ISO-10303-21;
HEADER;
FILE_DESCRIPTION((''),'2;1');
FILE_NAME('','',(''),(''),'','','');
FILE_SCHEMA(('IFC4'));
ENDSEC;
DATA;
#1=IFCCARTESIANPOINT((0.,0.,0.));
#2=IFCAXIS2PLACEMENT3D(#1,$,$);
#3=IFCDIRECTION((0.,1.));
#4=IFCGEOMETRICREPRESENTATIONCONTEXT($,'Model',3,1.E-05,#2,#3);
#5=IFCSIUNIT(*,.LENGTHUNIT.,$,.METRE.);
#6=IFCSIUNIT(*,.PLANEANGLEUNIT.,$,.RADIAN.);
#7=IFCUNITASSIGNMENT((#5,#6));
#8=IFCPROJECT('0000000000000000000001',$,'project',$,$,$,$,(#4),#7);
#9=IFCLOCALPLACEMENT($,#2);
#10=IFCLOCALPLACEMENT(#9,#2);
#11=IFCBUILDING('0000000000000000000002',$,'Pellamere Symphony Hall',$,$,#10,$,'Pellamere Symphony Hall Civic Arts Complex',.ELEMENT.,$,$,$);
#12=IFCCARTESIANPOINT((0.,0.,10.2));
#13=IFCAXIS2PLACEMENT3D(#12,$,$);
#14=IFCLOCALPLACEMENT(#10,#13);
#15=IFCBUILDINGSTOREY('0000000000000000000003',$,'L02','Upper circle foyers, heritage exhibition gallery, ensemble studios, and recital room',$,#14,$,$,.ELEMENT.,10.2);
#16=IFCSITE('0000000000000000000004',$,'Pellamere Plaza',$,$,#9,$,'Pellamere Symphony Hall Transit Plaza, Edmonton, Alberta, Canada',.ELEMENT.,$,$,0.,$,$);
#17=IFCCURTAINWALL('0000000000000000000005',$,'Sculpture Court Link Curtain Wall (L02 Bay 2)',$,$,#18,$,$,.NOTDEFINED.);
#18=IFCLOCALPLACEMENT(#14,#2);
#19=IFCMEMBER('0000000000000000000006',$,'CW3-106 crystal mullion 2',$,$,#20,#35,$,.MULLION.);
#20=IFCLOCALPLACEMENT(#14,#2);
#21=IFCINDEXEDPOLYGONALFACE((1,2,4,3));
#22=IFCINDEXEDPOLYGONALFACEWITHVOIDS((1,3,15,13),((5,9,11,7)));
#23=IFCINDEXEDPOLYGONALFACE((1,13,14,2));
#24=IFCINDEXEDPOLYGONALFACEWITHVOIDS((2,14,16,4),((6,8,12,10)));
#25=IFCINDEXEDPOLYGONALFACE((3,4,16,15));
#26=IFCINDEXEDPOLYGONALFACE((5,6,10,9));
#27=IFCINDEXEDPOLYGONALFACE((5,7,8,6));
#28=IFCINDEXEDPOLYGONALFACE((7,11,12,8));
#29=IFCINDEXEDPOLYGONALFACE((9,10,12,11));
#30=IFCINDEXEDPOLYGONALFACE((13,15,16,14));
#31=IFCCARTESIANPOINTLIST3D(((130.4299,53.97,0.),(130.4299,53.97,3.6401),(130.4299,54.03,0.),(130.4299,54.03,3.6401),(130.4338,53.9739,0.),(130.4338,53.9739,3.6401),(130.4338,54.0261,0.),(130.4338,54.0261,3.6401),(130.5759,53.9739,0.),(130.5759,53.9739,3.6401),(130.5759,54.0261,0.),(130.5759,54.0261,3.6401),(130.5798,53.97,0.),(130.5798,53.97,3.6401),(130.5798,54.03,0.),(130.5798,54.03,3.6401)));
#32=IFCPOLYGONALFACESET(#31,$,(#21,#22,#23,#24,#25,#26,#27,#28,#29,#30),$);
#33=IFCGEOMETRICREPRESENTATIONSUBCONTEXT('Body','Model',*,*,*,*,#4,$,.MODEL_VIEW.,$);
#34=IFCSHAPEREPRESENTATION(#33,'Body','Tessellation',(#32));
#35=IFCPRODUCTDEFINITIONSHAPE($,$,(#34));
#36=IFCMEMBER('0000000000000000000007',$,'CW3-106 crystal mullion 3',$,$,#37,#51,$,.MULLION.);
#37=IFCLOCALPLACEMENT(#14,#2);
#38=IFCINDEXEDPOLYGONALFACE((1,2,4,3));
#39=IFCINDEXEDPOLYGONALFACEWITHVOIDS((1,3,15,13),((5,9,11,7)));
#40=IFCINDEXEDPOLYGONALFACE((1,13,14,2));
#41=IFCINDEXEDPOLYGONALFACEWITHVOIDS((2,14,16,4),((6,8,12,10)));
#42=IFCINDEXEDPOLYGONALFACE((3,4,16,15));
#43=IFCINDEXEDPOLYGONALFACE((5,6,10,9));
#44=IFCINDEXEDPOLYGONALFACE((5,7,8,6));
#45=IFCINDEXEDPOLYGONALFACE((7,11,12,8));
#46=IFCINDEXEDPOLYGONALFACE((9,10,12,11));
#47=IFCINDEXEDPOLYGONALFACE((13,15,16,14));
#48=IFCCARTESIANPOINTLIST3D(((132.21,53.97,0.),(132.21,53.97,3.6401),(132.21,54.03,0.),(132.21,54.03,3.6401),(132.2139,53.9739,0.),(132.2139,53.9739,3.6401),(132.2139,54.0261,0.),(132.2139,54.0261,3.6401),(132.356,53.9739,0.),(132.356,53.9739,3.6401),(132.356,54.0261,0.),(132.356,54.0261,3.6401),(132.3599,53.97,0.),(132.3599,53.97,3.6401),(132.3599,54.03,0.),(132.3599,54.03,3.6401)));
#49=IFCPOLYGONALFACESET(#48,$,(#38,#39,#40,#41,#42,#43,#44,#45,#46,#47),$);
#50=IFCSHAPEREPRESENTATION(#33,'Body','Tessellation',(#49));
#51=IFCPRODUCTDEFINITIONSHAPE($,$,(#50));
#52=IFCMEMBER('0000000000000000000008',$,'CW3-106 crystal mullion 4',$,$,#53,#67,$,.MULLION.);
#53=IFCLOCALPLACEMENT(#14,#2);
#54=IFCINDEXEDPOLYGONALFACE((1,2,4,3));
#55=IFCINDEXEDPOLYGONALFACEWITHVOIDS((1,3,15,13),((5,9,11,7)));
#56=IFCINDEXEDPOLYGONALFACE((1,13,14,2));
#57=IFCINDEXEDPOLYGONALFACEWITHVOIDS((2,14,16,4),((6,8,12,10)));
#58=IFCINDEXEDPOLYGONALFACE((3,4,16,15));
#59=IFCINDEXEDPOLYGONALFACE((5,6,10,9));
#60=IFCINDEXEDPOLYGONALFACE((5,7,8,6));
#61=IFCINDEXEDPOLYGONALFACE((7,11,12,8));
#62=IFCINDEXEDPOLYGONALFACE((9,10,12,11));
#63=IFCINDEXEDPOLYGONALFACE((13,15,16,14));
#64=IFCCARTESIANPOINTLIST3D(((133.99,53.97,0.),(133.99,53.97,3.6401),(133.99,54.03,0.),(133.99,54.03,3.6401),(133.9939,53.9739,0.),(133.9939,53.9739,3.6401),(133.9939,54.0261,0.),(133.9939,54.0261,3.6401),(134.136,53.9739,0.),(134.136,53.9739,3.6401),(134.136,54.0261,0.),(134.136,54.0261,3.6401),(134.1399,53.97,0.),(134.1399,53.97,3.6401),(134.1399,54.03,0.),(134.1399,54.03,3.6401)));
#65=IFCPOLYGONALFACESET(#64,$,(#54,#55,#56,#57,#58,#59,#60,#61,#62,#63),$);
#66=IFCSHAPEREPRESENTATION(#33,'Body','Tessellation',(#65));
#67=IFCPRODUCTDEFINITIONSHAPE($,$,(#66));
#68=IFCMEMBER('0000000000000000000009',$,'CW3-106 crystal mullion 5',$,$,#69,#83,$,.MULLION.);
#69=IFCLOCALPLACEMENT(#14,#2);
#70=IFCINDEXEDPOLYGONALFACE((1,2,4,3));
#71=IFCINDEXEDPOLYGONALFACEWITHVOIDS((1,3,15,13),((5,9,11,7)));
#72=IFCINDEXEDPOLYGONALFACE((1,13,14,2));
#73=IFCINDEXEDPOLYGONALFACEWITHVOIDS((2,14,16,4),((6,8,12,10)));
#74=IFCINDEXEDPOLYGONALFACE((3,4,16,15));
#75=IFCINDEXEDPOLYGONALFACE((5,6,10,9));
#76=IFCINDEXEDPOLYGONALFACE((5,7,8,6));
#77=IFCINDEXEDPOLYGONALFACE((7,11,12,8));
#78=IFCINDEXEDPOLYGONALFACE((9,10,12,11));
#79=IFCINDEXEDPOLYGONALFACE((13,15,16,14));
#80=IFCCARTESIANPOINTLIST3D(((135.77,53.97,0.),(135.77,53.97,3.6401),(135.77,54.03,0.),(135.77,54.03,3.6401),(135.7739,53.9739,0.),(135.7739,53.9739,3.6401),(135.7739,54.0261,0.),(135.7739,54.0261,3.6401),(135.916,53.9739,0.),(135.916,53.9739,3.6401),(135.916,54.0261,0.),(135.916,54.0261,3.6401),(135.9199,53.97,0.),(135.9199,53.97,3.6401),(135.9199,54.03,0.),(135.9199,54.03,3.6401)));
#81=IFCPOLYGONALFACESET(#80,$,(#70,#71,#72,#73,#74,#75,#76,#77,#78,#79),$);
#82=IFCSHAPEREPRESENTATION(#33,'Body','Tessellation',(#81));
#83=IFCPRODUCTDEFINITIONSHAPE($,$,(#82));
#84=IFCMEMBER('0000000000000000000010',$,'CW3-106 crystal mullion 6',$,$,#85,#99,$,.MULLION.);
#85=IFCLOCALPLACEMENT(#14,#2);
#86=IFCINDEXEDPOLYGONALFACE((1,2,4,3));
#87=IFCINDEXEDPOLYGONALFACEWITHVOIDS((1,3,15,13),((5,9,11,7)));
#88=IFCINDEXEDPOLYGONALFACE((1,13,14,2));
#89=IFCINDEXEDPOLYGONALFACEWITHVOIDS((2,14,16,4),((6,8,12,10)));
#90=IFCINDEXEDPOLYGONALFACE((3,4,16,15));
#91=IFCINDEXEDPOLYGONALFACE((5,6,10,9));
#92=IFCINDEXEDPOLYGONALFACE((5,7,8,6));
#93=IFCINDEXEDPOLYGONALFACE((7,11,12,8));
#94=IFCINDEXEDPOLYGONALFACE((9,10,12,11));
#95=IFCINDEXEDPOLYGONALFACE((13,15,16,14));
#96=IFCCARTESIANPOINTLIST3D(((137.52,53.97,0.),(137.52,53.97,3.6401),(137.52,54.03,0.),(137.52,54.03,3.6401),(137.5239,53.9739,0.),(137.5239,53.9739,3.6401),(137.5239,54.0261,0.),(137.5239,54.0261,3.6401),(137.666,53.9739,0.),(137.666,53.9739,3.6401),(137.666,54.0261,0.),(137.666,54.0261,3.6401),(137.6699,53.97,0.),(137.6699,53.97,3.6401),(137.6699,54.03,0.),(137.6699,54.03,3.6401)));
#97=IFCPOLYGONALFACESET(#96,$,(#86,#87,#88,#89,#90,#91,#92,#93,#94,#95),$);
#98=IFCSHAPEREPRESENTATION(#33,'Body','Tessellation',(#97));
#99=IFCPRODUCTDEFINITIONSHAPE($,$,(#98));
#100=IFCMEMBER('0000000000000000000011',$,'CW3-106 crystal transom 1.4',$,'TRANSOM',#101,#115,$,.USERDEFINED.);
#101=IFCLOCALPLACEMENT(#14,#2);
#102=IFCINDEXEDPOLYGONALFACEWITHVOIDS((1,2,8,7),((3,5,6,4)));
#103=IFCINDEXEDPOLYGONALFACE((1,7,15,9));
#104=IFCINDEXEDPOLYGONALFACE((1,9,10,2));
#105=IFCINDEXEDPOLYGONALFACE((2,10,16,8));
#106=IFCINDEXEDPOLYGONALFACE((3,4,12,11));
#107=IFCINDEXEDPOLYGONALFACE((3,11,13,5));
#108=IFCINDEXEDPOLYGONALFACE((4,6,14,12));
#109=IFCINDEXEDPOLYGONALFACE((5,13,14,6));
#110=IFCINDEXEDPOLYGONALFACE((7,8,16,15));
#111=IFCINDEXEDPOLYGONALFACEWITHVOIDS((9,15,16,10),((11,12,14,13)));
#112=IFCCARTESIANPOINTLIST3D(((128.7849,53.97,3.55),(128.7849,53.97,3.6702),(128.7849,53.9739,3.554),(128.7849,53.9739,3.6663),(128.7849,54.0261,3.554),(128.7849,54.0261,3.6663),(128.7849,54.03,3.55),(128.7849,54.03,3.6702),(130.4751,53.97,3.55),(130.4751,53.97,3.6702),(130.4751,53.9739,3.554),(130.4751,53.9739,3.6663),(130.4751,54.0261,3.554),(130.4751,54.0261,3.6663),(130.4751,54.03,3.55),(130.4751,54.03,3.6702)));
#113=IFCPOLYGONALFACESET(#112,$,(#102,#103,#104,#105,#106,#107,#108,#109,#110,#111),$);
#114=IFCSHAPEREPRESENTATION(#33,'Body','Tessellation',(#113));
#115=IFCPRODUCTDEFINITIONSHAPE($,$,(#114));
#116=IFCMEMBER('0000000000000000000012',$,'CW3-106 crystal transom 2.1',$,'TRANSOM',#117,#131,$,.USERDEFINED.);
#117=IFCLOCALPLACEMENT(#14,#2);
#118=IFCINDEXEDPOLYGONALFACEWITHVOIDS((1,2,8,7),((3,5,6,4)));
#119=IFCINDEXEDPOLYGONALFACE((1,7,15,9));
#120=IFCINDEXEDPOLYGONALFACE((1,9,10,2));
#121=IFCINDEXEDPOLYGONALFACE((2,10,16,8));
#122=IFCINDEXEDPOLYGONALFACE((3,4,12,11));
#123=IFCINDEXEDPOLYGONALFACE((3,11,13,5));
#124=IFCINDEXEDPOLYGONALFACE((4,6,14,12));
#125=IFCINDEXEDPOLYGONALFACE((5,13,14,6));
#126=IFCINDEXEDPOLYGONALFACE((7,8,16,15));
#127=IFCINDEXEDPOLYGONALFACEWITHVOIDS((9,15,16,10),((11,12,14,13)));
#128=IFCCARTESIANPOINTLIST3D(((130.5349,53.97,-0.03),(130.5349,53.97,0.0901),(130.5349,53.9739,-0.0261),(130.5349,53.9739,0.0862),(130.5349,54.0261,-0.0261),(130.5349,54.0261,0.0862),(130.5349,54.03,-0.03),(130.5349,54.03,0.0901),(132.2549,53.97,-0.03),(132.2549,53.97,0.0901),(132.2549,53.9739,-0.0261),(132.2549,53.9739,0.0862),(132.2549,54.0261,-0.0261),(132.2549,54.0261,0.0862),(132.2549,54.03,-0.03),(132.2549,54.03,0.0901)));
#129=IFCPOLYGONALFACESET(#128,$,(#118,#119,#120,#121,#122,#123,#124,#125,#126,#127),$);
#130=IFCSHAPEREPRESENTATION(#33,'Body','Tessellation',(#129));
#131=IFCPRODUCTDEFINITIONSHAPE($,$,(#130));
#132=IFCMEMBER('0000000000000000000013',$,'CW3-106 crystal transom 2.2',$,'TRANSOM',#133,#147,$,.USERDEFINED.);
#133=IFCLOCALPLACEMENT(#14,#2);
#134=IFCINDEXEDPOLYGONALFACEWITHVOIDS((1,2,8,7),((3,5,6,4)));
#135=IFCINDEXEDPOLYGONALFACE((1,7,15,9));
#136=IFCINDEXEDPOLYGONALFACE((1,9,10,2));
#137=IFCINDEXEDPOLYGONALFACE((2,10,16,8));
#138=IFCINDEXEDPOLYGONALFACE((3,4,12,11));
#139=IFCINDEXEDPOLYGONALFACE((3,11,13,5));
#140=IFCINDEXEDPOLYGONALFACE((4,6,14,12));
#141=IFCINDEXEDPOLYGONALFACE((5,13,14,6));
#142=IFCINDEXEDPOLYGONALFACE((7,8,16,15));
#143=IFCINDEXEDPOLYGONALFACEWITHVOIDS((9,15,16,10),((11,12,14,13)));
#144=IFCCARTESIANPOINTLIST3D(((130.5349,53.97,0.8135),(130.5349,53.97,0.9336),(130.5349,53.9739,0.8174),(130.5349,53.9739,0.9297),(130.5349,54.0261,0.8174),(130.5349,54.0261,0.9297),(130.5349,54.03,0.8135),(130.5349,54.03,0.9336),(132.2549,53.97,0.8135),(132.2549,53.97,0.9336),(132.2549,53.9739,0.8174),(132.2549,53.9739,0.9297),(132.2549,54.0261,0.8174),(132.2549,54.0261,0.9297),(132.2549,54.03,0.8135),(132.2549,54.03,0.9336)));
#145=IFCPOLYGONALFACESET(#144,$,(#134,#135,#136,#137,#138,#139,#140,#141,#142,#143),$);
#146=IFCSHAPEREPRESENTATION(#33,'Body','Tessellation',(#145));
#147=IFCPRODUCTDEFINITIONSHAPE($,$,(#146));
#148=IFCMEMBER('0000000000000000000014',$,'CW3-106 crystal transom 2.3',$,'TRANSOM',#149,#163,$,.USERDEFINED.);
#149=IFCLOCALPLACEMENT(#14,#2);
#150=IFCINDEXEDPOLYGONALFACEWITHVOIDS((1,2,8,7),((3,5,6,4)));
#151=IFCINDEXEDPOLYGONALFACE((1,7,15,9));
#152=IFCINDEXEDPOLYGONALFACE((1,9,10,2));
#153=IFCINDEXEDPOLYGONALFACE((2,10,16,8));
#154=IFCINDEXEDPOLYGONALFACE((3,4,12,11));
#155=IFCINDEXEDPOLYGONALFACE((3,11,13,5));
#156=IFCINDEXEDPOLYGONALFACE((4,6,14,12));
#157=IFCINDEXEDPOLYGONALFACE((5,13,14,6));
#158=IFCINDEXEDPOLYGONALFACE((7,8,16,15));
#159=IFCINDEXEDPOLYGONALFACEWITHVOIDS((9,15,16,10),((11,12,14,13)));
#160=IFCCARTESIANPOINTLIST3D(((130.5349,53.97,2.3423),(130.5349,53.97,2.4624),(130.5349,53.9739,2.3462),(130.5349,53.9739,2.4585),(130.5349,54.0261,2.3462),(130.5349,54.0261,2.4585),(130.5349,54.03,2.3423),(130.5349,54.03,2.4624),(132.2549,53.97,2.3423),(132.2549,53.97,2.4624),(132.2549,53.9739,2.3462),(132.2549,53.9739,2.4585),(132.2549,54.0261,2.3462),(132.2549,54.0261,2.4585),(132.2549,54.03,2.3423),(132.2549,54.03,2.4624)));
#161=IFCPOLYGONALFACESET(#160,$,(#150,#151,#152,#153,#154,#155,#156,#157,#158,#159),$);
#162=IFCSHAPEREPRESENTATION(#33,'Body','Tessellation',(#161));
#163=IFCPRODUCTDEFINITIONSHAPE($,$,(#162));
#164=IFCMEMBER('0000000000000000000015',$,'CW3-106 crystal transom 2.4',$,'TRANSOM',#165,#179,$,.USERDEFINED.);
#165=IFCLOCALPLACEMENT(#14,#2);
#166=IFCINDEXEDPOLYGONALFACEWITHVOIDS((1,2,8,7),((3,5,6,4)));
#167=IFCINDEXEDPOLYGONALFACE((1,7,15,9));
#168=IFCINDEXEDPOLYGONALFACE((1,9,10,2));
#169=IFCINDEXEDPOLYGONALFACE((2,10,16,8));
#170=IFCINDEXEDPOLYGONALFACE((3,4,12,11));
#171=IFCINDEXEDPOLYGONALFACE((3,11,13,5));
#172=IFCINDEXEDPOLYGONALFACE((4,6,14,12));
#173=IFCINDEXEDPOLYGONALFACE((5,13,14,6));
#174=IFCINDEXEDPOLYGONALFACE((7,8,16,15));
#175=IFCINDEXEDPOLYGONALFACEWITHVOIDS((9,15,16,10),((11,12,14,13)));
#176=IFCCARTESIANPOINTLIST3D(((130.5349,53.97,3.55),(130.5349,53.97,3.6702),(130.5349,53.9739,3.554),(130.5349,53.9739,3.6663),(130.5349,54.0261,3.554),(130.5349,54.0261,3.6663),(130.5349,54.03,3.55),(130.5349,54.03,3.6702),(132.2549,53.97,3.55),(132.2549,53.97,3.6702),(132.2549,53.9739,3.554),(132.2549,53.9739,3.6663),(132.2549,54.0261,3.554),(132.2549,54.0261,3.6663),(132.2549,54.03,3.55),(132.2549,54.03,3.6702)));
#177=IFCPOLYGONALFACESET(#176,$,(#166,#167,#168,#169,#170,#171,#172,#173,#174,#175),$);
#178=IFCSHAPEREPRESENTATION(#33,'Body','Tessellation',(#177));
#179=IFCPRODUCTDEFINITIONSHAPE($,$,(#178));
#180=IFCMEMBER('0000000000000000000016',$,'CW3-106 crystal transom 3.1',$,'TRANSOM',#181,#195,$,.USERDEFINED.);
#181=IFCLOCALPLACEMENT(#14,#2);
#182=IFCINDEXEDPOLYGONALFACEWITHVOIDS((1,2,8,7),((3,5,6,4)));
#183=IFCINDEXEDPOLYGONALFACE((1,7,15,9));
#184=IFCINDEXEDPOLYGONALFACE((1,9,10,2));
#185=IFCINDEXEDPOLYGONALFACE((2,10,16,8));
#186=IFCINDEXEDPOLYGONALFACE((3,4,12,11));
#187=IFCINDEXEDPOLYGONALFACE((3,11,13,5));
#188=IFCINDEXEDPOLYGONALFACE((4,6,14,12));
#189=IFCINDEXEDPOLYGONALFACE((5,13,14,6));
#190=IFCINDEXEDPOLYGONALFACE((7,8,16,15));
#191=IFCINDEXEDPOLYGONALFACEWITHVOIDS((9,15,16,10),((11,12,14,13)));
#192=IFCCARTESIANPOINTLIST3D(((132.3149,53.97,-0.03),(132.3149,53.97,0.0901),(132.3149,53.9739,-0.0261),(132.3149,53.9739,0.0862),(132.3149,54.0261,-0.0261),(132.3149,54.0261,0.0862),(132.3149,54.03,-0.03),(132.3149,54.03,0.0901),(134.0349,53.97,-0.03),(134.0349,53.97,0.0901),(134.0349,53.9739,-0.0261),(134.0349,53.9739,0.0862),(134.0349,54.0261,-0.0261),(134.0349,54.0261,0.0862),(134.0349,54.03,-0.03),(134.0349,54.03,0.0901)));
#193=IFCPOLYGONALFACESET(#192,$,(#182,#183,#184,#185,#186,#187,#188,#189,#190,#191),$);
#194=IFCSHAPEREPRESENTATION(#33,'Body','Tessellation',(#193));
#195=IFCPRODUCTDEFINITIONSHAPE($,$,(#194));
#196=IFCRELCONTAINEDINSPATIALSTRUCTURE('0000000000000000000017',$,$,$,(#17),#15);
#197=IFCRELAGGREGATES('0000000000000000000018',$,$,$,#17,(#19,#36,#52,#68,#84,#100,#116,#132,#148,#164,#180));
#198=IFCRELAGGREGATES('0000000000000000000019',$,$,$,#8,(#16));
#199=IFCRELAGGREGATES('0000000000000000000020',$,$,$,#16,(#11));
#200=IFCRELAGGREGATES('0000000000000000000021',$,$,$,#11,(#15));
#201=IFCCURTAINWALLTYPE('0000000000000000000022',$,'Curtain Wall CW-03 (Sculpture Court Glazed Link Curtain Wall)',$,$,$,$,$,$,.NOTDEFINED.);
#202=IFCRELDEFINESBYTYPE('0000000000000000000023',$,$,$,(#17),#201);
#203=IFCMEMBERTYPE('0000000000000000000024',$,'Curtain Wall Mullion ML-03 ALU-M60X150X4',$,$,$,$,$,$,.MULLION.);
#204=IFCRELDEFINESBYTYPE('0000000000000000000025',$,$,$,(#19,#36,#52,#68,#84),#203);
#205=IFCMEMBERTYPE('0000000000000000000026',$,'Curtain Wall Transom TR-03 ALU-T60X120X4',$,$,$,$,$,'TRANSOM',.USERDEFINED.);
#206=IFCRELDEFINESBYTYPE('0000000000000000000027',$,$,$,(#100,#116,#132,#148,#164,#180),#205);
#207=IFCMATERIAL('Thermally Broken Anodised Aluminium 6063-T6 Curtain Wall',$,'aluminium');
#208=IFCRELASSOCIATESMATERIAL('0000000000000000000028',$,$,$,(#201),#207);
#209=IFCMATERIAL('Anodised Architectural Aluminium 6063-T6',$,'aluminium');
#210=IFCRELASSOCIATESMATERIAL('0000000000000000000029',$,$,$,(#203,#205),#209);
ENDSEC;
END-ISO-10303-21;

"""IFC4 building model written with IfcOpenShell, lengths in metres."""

from ifc_helpers import new_model, si_unit, direction, frame, origin, origin_2d, place, context, subcontext, project, spatial, hollow_rectangle, extrude, material, material_profile, profile_set, type_object, element, aggregate, save


model = new_model("IFC4")

# Units and contexts
model_context = context("Model", 3, precision=1e-05, world=origin(), true_north=direction((0.0, 1.0)))
body_context = subcontext(model_context, "Body", "Model", "MODEL_VIEW")
ifc_project = project(units=[si_unit("LENGTHUNIT", "METRE"), si_unit("PLANEANGLEUNIT", "RADIAN")], contexts=[model_context])

# Site, building, storey
site_placement = place(None, origin())
site = spatial("IfcSite", under=ifc_project, at=site_placement, Name="Pellamere Plaza", LongName="Pellamere Symphony Hall Transit Plaza, Edmonton, Alberta, Canada", CompositionType="ELEMENT", RefElevation=0.0)
building_placement = place(site_placement, origin())
building = spatial("IfcBuilding", under=site, at=building_placement, Name="Pellamere Symphony Hall", LongName="Pellamere Symphony Hall Civic Arts Complex", CompositionType="ELEMENT")
storey_placement = place(building_placement, frame((0.0, 0.0, 10.2)))
storey = spatial("IfcBuildingStorey", under=building, at=storey_placement, Name="L02", Description="Upper circle foyers, heritage exhibition gallery, ensemble studios, and recital room", CompositionType="ELEMENT", Elevation=10.2)

# Curtain wall, members
ifc_material_1 = material(Name="Thermally Broken Anodised Aluminium 6063-T6 Curtain Wall", Category="aluminium")
curtain_wall_type = type_object("IfcCurtainWallType", Name="Curtain Wall CW-03 (Sculpture Court Glazed Link Curtain Wall)", PredefinedType="NOTDEFINED", material=ifc_material_1)
curtain_wall_placement = place(storey_placement, origin())
curtain_wall = element("IfcCurtainWall", 1, at=curtain_wall_placement, inside=storey, type_object=curtain_wall_type, Name="Sculpture Court Link Curtain Wall (L02 Bay 2)", PredefinedType="NOTDEFINED")
ifc_material_2 = material(Name="Anodised Architectural Aluminium 6063-T6", Category="aluminium")
ifc_material_profile_1 = material_profile(ifc_material_2, hollow_rectangle(XDim=0.0601, YDim=0.1499, WallThickness=0.0039, at=origin_2d()), Name="ALU-M60X150X4")
ifc_profile_set_1 = profile_set([ifc_material_profile_1], Name="Anodised Architectural Aluminium 6063-T6")
member_type_1 = type_object("IfcMemberType", Name="Curtain Wall Mullion ML-03 ALU-M60X150X4", PredefinedType="MULLION", material=ifc_profile_set_1)
member_1_placement = place(storey_placement, frame((130.5049, 54.0, 0.0), z_axis=(0.0, 0.0, 1.0), x_axis=(0.0, 1.0, 0.0)))
member_1 = element("IfcMember", 2, at=member_1_placement, type_object=member_type_1, Name="CW3-106 crystal mullion 2", PredefinedType="MULLION", context=body_context, shape_type="SweptSolid", body=[
    extrude(hollow_rectangle(XDim=0.0601, YDim=0.1499, WallThickness=0.0039, at=origin_2d()), origin(), (0.0, 0.0, 1.0), 3.6401),
])
member_2_placement = place(storey_placement, frame((132.2849, 54.0, 0.0), z_axis=(0.0, 0.0, 1.0), x_axis=(0.0, 1.0, 0.0)))
member_2 = element("IfcMember", 3, at=member_2_placement, type_object=member_type_1, Name="CW3-106 crystal mullion 3", PredefinedType="MULLION", context=body_context, shape_type="SweptSolid", body=[
    extrude(hollow_rectangle(XDim=0.0601, YDim=0.1499, WallThickness=0.0039, at=origin_2d()), origin(), (0.0, 0.0, 1.0), 3.6401),
])
member_3_placement = place(storey_placement, frame((134.0649, 54.0, 0.0), z_axis=(0.0, 0.0, 1.0), x_axis=(0.0, 1.0, 0.0)))
member_3 = element("IfcMember", 4, at=member_3_placement, type_object=member_type_1, Name="CW3-106 crystal mullion 4", PredefinedType="MULLION", context=body_context, shape_type="SweptSolid", body=[
    extrude(hollow_rectangle(XDim=0.0601, YDim=0.1499, WallThickness=0.0039, at=origin_2d()), origin(), (0.0, 0.0, 1.0), 3.6401),
])
member_4_placement = place(storey_placement, frame((135.845, 54.0, 0.0), z_axis=(0.0, 0.0, 1.0), x_axis=(0.0, 1.0, 0.0)))
member_4 = element("IfcMember", 5, at=member_4_placement, type_object=member_type_1, Name="CW3-106 crystal mullion 5", PredefinedType="MULLION", context=body_context, shape_type="SweptSolid", body=[
    extrude(hollow_rectangle(XDim=0.0601, YDim=0.1499, WallThickness=0.0039, at=origin_2d()), origin(), (0.0, 0.0, 1.0), 3.6401),
])
member_5_placement = place(storey_placement, frame((137.595, 54.0, 0.0), z_axis=(0.0, 0.0, 1.0), x_axis=(0.0, 1.0, 0.0)))
member_5 = element("IfcMember", 6, at=member_5_placement, type_object=member_type_1, Name="CW3-106 crystal mullion 6", PredefinedType="MULLION", context=body_context, shape_type="SweptSolid", body=[
    extrude(hollow_rectangle(XDim=0.0601, YDim=0.1499, WallThickness=0.0039, at=origin_2d()), origin(), (0.0, 0.0, 1.0), 3.6401),
])
ifc_material_profile_2 = material_profile(ifc_material_2, hollow_rectangle(XDim=0.0601, YDim=0.1201, WallThickness=0.0039, at=origin_2d()), Name="ALU-T60X120X4")
ifc_profile_set_2 = profile_set([ifc_material_profile_2], Name="Anodised Architectural Aluminium 6063-T6")
member_type_2 = type_object("IfcMemberType", Name="Curtain Wall Transom TR-03 ALU-T60X120X4", ElementType="TRANSOM", PredefinedType="USERDEFINED", material=ifc_profile_set_2)
member_6_placement = place(storey_placement, frame((128.7849, 54.0, 3.6101), z_axis=(1.0, 0.0, 0.0), x_axis=(0.0, 1.0, 0.0)))
member_6 = element("IfcMember", 7, at=member_6_placement, type_object=member_type_2, Name="CW3-106 crystal transom 1.4", ObjectType="TRANSOM", PredefinedType="USERDEFINED", context=body_context, shape_type="SweptSolid", body=[
    extrude(hollow_rectangle(XDim=0.0601, YDim=0.1201, WallThickness=0.0039, at=origin_2d()), origin(), (0.0, 0.0, 1.0), 1.6902),
])
member_7_placement = place(storey_placement, frame((130.5349, 54.0, 0.03), z_axis=(1.0, 0.0, 0.0), x_axis=(0.0, 1.0, 0.0)))
member_7 = element("IfcMember", 8, at=member_7_placement, type_object=member_type_2, Name="CW3-106 crystal transom 2.1", ObjectType="TRANSOM", PredefinedType="USERDEFINED", context=body_context, shape_type="SweptSolid", body=[
    extrude(hollow_rectangle(XDim=0.0601, YDim=0.1201, WallThickness=0.0039, at=origin_2d()), origin(), (0.0, 0.0, 1.0), 1.72),
])
member_8_placement = place(storey_placement, frame((130.5349, 54.0, 0.8735), z_axis=(1.0, 0.0, 0.0), x_axis=(0.0, 1.0, 0.0)))
member_8 = element("IfcMember", 9, at=member_8_placement, type_object=member_type_2, Name="CW3-106 crystal transom 2.2", ObjectType="TRANSOM", PredefinedType="USERDEFINED", context=body_context, shape_type="SweptSolid", body=[
    extrude(hollow_rectangle(XDim=0.0601, YDim=0.1201, WallThickness=0.0039, at=origin_2d()), origin(), (0.0, 0.0, 1.0), 1.72),
])
member_9_placement = place(storey_placement, frame((130.5349, 54.0, 2.4023), z_axis=(1.0, 0.0, 0.0), x_axis=(0.0, 1.0, 0.0)))
member_9 = element("IfcMember", 10, at=member_9_placement, type_object=member_type_2, Name="CW3-106 crystal transom 2.3", ObjectType="TRANSOM", PredefinedType="USERDEFINED", context=body_context, shape_type="SweptSolid", body=[
    extrude(hollow_rectangle(XDim=0.0601, YDim=0.1201, WallThickness=0.0039, at=origin_2d()), origin(), (0.0, 0.0, 1.0), 1.72),
])
member_10_placement = place(storey_placement, frame((130.5349, 54.0, 3.6101), z_axis=(1.0, 0.0, 0.0), x_axis=(0.0, 1.0, 0.0)))
member_10 = element("IfcMember", 11, at=member_10_placement, type_object=member_type_2, Name="CW3-106 crystal transom 2.4", ObjectType="TRANSOM", PredefinedType="USERDEFINED", context=body_context, shape_type="SweptSolid", body=[
    extrude(hollow_rectangle(XDim=0.0601, YDim=0.1201, WallThickness=0.0039, at=origin_2d()), origin(), (0.0, 0.0, 1.0), 1.72),
])
member_11_placement = place(storey_placement, frame((132.3149, 54.0, 0.03), z_axis=(1.0, 0.0, 0.0), x_axis=(0.0, 1.0, 0.0)))
member_11 = element("IfcMember", 12, at=member_11_placement, type_object=member_type_2, Name="CW3-106 crystal transom 3.1", ObjectType="TRANSOM", PredefinedType="USERDEFINED", context=body_context, shape_type="SweptSolid", body=[
    extrude(hollow_rectangle(XDim=0.0601, YDim=0.1201, WallThickness=0.0039, at=origin_2d()), origin(), (0.0, 0.0, 1.0), 1.72),
])

aggregate(curtain_wall, [member_1, member_2, member_3, member_4, member_5, member_6, member_7, member_8, member_9, member_10, member_11])

save(model, "model.ifc")
